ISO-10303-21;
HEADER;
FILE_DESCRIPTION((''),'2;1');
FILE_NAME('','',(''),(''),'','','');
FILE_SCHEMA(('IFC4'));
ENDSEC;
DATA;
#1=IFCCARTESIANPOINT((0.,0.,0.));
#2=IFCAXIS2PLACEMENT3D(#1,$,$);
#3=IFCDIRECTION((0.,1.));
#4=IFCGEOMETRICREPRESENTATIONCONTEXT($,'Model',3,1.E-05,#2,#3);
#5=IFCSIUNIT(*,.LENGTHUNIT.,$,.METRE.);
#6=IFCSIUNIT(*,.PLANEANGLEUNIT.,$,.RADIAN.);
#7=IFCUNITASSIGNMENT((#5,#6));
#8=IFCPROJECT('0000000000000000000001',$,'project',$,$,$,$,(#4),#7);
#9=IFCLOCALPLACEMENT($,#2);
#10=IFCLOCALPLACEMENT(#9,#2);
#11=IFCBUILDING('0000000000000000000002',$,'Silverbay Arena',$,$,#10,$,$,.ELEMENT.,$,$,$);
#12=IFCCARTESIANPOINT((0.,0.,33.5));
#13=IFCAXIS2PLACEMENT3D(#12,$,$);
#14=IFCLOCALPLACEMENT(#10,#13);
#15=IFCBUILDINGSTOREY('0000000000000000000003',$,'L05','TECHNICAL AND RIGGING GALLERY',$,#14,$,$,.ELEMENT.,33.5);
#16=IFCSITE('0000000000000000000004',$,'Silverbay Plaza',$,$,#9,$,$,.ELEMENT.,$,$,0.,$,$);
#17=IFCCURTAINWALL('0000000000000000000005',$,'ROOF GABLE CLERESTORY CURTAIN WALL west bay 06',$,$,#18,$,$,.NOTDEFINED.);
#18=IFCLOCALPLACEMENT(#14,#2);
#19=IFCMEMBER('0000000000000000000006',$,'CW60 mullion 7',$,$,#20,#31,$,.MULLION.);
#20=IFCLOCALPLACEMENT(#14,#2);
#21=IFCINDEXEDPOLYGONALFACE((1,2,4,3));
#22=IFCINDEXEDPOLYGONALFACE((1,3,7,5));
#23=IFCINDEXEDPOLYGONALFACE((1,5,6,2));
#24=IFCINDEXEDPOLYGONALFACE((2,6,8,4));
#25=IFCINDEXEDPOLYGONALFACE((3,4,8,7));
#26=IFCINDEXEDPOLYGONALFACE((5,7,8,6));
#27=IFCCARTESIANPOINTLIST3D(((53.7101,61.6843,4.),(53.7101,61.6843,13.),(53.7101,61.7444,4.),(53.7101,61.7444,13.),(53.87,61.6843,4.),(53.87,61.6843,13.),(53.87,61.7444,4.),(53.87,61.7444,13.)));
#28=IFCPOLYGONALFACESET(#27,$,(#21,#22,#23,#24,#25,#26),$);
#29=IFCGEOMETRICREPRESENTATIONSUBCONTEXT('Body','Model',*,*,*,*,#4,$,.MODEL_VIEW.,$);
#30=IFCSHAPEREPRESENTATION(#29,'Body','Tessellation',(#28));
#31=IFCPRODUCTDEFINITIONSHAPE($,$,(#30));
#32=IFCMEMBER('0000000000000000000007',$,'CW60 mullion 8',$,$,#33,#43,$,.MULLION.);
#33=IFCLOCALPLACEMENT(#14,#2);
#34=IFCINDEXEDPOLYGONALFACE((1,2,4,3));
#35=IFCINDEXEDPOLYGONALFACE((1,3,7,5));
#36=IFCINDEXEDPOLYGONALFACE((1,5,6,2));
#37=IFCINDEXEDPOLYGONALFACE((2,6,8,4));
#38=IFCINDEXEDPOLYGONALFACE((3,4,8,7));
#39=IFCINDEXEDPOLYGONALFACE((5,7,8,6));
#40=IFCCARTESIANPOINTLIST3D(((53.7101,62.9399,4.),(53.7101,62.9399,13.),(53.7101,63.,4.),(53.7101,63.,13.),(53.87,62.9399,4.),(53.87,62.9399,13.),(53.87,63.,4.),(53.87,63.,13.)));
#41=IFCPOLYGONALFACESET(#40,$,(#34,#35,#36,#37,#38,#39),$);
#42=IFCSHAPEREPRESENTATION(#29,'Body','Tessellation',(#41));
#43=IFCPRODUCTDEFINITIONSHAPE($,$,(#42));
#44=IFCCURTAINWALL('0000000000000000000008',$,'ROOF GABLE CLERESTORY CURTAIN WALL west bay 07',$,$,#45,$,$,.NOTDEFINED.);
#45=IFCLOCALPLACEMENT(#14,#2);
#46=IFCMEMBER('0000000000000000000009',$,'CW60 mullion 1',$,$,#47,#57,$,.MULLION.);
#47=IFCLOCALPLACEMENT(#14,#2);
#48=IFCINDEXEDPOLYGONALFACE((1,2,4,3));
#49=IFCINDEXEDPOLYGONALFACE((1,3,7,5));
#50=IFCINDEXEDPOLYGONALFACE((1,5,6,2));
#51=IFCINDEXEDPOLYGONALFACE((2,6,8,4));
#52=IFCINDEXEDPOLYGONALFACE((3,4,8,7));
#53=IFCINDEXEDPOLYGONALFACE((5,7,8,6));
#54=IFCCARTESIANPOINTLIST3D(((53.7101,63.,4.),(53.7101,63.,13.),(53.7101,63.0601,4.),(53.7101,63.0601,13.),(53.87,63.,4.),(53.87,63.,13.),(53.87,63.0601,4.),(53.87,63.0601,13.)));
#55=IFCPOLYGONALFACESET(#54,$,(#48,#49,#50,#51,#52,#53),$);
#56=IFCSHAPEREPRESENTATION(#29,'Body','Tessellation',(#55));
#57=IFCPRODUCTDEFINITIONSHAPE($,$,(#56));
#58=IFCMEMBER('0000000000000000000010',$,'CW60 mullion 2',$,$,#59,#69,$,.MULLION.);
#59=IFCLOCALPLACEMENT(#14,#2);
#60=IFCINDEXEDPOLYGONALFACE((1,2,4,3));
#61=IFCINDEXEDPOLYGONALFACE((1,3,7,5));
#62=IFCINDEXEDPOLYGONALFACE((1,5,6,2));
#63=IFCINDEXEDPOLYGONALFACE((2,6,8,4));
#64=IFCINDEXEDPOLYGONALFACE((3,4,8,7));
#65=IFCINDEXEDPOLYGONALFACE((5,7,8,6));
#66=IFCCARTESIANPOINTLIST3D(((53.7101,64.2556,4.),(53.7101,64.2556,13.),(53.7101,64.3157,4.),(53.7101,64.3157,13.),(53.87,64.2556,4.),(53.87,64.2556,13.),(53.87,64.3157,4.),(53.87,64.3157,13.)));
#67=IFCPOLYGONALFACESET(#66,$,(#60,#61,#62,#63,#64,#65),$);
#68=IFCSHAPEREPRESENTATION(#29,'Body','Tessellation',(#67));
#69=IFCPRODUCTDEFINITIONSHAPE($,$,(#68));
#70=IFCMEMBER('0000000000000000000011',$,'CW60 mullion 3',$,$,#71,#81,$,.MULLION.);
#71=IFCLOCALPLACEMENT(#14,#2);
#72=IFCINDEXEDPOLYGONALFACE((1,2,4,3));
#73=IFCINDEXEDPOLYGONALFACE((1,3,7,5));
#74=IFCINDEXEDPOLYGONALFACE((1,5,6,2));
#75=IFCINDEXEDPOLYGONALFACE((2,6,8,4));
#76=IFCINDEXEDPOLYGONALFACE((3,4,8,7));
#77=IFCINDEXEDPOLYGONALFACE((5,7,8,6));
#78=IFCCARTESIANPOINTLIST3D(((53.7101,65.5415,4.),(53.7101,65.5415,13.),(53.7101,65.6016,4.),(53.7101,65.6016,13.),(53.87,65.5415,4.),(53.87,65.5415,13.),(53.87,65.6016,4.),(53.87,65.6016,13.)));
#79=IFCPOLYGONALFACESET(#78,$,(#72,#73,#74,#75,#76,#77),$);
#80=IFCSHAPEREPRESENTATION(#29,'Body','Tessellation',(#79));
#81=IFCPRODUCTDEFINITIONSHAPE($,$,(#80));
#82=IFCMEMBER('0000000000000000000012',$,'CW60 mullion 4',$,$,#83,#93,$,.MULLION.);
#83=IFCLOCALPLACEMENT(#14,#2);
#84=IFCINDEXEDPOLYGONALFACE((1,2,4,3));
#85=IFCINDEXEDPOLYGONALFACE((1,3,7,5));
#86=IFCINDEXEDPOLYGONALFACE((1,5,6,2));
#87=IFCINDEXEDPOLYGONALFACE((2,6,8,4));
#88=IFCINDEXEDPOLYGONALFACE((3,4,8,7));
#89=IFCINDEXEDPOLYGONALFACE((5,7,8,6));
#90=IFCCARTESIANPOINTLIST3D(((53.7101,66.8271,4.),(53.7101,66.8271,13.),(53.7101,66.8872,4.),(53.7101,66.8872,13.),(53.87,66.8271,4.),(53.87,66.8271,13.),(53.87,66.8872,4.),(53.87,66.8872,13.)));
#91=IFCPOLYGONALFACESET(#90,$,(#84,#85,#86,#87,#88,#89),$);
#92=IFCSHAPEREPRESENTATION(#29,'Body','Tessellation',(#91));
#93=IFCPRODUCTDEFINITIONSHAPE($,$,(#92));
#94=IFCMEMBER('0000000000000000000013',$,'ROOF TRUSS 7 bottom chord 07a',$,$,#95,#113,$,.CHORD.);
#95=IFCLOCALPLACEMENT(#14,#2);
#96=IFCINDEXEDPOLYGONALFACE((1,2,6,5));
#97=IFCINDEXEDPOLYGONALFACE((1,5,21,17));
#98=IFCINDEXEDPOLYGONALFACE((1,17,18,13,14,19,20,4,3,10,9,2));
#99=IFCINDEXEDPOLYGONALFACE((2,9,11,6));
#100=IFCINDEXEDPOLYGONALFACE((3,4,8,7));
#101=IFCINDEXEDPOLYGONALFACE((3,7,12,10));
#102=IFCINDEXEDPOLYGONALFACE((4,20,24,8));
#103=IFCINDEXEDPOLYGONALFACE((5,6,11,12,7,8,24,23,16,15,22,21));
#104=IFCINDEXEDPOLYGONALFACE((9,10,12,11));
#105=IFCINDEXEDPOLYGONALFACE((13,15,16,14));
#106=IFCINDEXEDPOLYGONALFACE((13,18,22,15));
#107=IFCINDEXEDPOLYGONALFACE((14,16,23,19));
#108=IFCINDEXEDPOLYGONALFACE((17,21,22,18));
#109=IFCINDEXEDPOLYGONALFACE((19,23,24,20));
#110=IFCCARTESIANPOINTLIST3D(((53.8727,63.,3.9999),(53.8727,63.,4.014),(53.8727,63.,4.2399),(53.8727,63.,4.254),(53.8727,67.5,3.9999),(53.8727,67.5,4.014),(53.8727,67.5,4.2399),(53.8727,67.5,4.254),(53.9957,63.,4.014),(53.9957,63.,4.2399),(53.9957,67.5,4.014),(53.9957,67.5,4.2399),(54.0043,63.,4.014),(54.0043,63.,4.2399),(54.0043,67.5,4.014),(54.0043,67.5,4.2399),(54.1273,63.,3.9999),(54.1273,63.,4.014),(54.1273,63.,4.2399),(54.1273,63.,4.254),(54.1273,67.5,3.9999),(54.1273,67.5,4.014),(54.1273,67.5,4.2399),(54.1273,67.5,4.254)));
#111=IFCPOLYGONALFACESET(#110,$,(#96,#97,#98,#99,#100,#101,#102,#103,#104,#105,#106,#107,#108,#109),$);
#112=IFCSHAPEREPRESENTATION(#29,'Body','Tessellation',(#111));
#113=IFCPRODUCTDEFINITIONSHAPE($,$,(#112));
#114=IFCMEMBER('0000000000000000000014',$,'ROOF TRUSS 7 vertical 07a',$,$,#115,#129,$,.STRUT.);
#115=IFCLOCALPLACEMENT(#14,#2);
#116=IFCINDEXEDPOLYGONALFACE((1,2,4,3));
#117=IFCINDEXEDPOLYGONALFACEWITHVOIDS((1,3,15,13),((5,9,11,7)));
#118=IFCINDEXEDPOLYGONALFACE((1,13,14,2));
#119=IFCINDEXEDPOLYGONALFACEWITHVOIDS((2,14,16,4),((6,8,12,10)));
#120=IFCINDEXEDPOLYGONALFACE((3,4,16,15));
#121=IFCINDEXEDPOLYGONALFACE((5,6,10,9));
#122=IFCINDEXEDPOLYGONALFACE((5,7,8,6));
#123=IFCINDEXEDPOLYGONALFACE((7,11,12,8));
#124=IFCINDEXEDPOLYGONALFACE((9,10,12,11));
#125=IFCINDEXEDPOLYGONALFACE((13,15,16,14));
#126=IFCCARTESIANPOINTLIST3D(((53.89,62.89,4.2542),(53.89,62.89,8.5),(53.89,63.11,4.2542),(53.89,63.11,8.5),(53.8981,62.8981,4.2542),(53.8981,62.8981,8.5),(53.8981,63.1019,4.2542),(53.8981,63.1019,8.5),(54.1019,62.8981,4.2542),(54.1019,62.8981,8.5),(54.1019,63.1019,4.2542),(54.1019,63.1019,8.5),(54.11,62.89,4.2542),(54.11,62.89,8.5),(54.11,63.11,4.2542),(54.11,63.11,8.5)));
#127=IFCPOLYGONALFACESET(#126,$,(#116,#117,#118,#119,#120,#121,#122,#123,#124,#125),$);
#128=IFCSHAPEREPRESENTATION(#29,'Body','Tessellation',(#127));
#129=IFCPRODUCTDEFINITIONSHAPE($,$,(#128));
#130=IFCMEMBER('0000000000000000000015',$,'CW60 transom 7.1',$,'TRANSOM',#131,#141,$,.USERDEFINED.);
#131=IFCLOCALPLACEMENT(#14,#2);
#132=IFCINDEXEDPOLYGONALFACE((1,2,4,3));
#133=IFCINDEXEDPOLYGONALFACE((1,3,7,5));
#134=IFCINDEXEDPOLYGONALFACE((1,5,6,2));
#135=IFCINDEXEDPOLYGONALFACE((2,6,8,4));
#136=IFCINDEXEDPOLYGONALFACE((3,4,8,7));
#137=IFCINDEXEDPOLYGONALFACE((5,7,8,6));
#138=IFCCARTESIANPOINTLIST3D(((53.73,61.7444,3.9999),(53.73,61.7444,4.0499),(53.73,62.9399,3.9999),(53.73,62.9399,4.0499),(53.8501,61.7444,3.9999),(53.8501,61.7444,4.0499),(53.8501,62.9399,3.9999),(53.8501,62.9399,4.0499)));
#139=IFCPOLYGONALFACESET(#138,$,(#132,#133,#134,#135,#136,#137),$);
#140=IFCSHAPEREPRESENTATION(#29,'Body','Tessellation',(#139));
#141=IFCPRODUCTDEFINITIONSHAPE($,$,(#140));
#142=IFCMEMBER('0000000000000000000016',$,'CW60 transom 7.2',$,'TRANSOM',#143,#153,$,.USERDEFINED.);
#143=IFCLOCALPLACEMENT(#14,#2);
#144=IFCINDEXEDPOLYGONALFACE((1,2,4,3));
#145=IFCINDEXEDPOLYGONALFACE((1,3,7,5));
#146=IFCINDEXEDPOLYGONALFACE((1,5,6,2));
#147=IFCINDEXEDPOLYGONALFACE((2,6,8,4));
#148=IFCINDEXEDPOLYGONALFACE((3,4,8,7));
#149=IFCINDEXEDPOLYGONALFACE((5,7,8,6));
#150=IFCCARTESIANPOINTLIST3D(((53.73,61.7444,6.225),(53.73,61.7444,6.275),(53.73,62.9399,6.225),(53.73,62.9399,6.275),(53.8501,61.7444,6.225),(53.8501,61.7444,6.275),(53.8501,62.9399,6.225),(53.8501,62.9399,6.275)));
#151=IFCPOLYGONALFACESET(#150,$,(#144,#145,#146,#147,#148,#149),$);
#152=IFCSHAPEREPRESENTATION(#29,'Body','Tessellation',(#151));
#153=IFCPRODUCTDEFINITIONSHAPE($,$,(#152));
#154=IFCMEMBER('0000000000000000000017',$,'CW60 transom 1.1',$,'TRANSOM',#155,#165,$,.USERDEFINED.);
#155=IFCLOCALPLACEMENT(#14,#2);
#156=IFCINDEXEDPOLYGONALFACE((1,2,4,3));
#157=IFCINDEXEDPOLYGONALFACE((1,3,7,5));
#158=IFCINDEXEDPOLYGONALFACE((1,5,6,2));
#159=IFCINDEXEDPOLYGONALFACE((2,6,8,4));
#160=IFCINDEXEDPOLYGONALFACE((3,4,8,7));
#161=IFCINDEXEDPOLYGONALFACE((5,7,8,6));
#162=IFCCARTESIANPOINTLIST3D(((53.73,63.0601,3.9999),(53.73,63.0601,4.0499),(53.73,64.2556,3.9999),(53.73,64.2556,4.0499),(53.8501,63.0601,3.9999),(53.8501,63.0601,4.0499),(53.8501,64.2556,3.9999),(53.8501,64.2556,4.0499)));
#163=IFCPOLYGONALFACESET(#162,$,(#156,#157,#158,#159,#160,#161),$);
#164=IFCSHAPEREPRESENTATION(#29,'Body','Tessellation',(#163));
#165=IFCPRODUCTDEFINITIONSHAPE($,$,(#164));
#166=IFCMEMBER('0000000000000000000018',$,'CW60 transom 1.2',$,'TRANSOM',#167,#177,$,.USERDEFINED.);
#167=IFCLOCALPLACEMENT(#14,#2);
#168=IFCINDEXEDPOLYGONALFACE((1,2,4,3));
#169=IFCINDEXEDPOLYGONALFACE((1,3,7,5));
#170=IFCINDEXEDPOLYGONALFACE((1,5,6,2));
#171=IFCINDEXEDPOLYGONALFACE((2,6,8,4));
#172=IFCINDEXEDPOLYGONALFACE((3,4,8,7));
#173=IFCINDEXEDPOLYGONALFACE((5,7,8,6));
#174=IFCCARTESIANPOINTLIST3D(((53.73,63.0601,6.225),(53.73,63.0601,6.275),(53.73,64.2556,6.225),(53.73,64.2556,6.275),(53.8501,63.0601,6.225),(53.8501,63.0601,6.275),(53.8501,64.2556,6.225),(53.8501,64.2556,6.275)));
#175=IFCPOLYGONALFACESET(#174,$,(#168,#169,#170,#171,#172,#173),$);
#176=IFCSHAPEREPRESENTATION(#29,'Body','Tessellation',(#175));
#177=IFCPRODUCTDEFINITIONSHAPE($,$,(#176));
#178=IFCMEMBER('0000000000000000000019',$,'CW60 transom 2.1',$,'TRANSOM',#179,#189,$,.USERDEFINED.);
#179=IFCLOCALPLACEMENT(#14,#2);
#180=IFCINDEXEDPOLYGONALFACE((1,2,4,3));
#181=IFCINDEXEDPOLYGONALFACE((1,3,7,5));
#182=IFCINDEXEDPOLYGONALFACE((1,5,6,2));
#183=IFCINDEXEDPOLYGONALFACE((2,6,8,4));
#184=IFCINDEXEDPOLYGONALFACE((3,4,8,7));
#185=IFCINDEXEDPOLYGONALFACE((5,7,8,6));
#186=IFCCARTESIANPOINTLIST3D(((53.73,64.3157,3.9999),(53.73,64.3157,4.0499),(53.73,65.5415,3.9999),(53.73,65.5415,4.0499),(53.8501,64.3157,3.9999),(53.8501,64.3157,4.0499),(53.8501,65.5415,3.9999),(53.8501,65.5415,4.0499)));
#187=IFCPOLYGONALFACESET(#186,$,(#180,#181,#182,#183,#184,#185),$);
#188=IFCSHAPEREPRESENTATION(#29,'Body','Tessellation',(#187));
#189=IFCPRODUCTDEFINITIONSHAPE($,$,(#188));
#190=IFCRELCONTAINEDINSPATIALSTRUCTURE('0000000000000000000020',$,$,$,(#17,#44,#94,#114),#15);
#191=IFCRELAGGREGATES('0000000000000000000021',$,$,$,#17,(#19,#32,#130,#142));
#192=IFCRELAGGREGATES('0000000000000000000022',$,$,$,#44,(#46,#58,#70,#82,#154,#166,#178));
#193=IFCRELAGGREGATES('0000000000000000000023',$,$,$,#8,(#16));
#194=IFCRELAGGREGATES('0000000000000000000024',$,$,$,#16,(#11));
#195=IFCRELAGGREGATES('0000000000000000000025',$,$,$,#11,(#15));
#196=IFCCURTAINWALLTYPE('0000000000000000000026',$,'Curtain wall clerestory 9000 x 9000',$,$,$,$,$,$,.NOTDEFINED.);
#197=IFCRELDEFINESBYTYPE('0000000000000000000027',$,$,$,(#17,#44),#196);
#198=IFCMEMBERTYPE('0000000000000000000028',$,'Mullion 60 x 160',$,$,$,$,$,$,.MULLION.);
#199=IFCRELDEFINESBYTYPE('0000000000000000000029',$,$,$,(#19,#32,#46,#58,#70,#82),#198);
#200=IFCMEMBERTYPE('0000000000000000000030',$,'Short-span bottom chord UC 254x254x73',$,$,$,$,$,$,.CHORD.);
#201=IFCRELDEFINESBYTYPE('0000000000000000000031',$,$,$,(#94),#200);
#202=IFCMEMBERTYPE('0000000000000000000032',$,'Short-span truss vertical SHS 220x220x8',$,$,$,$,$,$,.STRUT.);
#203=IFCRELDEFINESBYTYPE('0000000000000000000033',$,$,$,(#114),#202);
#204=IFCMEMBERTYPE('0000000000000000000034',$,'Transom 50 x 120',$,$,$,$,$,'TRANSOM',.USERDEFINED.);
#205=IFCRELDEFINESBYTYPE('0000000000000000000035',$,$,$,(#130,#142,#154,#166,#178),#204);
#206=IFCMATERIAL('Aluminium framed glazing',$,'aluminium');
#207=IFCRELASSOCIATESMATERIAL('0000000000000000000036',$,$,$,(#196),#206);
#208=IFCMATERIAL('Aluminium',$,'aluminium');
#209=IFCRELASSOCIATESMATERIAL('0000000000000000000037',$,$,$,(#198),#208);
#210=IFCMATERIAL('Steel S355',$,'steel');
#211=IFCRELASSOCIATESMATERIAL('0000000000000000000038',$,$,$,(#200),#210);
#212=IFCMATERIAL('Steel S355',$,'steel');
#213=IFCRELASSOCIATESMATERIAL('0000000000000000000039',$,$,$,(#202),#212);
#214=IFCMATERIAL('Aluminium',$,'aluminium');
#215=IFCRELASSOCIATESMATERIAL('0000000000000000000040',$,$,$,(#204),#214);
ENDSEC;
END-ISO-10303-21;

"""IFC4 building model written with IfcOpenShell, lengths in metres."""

from ifc_helpers import new_model, si_unit, direction, frame, origin, origin_2d, place, context, subcontext, project, spatial, rectangle, hollow_rectangle, i_section, extrude, material, material_profile, profile_set, type_object, element, aggregate, save


model = new_model("IFC4")

# Units and contexts
model_context = context("Model", 3, precision=1e-05, world=origin(), true_north=direction((0.0, 1.0)))
body_context = subcontext(model_context, "Body", "Model", "MODEL_VIEW")
ifc_project = project(units=[si_unit("LENGTHUNIT", "METRE"), si_unit("PLANEANGLEUNIT", "RADIAN")], contexts=[model_context])

# Site, building, storey
site_placement = place(None, origin())
site = spatial("IfcSite", under=ifc_project, at=site_placement, Name="Silverbay Plaza", CompositionType="ELEMENT", RefElevation=0.0)
building_placement = place(site_placement, origin())
building = spatial("IfcBuilding", under=site, at=building_placement, Name="Silverbay Arena", CompositionType="ELEMENT")
storey_placement = place(building_placement, frame((0.0, 0.0, 33.5)))
storey = spatial("IfcBuildingStorey", under=building, at=storey_placement, Name="L05", Description="TECHNICAL AND RIGGING GALLERY", CompositionType="ELEMENT", Elevation=33.5)

# Curtain walls, members
ifc_material_1 = material(Name="Aluminium framed glazing", Category="aluminium")
curtain_wall_type = type_object("IfcCurtainWallType", Name="Curtain wall clerestory 9000 x 9000", PredefinedType="NOTDEFINED", material=ifc_material_1)
curtain_wall_1_placement = place(storey_placement, origin())
curtain_wall_1 = element("IfcCurtainWall", 1, at=curtain_wall_1_placement, inside=storey, type_object=curtain_wall_type, Name="ROOF GABLE CLERESTORY CURTAIN WALL west bay 06", PredefinedType="NOTDEFINED")
ifc_material_2 = material(Name="Aluminium", Category="aluminium")
ifc_material_profile_1 = material_profile(ifc_material_2, rectangle(XDim=0.1599, YDim=0.0601, at=origin_2d()), Name="Mullion 60 x 160")
ifc_profile_set_1 = profile_set([ifc_material_profile_1], Name="Aluminium")
member_type_1 = type_object("IfcMemberType", Name="Mullion 60 x 160", PredefinedType="MULLION", material=ifc_profile_set_1)
member_1_placement = place(storey_placement, frame((53.79, 61.7144, 4.0), z_axis=(0.0, 0.0, 1.0), x_axis=(-1.0, 0.0, 0.0)))
member_1 = element("IfcMember", 2, at=member_1_placement, type_object=member_type_1, Name="CW60 mullion 7", PredefinedType="MULLION", context=body_context, shape_type="SweptSolid", body=[
    extrude(rectangle(XDim=0.1599, YDim=0.0601, at=origin_2d()), origin(), (0.0, 0.0, 1.0), 9.0),
])
member_2_placement = place(storey_placement, frame((53.79, 62.97, 4.0), z_axis=(0.0, 0.0, 1.0), x_axis=(-1.0, 0.0, 0.0)))
member_2 = element("IfcMember", 3, at=member_2_placement, type_object=member_type_1, Name="CW60 mullion 8", PredefinedType="MULLION", context=body_context, shape_type="SweptSolid", body=[
    extrude(rectangle(XDim=0.1599, YDim=0.0601, at=origin_2d()), origin(), (0.0, 0.0, 1.0), 9.0),
])
curtain_wall_2_placement = place(storey_placement, origin())
curtain_wall_2 = element("IfcCurtainWall", 4, at=curtain_wall_2_placement, inside=storey, type_object=curtain_wall_type, Name="ROOF GABLE CLERESTORY CURTAIN WALL west bay 07", PredefinedType="NOTDEFINED")
member_3_placement = place(storey_placement, frame((53.79, 63.03, 4.0), z_axis=(0.0, 0.0, 1.0), x_axis=(-1.0, 0.0, 0.0)))
member_3 = element("IfcMember", 5, at=member_3_placement, type_object=member_type_1, Name="CW60 mullion 1", PredefinedType="MULLION", context=body_context, shape_type="SweptSolid", body=[
    extrude(rectangle(XDim=0.1599, YDim=0.0601, at=origin_2d()), origin(), (0.0, 0.0, 1.0), 9.0),
])
member_4_placement = place(storey_placement, frame((53.79, 64.2856, 4.0), z_axis=(0.0, 0.0, 1.0), x_axis=(-1.0, 0.0, 0.0)))
member_4 = element("IfcMember", 6, at=member_4_placement, type_object=member_type_1, Name="CW60 mullion 2", PredefinedType="MULLION", context=body_context, shape_type="SweptSolid", body=[
    extrude(rectangle(XDim=0.1599, YDim=0.0601, at=origin_2d()), origin(), (0.0, 0.0, 1.0), 9.0),
])
member_5_placement = place(storey_placement, frame((53.79, 65.5715, 4.0), z_axis=(0.0, 0.0, 1.0), x_axis=(-1.0, 0.0, 0.0)))
member_5 = element("IfcMember", 7, at=member_5_placement, type_object=member_type_1, Name="CW60 mullion 3", PredefinedType="MULLION", context=body_context, shape_type="SweptSolid", body=[
    extrude(rectangle(XDim=0.1599, YDim=0.0601, at=origin_2d()), origin(), (0.0, 0.0, 1.0), 9.0),
])
member_6_placement = place(storey_placement, frame((53.79, 66.8572, 4.0), z_axis=(0.0, 0.0, 1.0), x_axis=(-1.0, 0.0, 0.0)))
member_6 = element("IfcMember", 8, at=member_6_placement, type_object=member_type_1, Name="CW60 mullion 4", PredefinedType="MULLION", context=body_context, shape_type="SweptSolid", body=[
    extrude(rectangle(XDim=0.1599, YDim=0.0601, at=origin_2d()), origin(), (0.0, 0.0, 1.0), 9.0),
])

# Members
ifc_material_3 = material(Name="Steel S355", Category="steel")
ifc_material_profile_2 = material_profile(ifc_material_3, i_section(OverallWidth=0.2546, OverallDepth=0.2542, WebThickness=0.0085, FlangeThickness=0.0142, at=origin_2d()), Name="UC 254x254x73")
ifc_profile_set_2 = profile_set([ifc_material_profile_2], Name="Steel S355")
member_type_2 = type_object("IfcMemberType", Name="Short-span bottom chord UC 254x254x73", PredefinedType="CHORD", material=ifc_profile_set_2)
member_7_placement = place(storey_placement, frame((54.0, 63.0, 4.127), z_axis=(0.0, 1.0, 0.0), x_axis=(-1.0, 0.0, 0.0)))
element("IfcMember", 9, at=member_7_placement, inside=storey, type_object=member_type_2, Name="ROOF TRUSS 7 bottom chord 07a", PredefinedType="CHORD", context=body_context, shape_type="SweptSolid", body=[
    extrude(i_section(OverallWidth=0.2546, OverallDepth=0.2542, WebThickness=0.0085, FlangeThickness=0.0142, at=origin_2d()), origin(), (0.0, 0.0, 1.0), 4.5),
])
ifc_material_4 = material(Name="Steel S355", Category="steel")
ifc_material_profile_3 = material_profile(ifc_material_4, hollow_rectangle(XDim=0.22, YDim=0.22, WallThickness=0.0081, at=origin_2d()), Name="SHS 220x220x8")
ifc_profile_set_3 = profile_set([ifc_material_profile_3], Name="Steel S355")
member_type_3 = type_object("IfcMemberType", Name="Short-span truss vertical SHS 220x220x8", PredefinedType="STRUT", material=ifc_profile_set_3)
member_8_placement = place(storey_placement, frame((54.0, 63.0, 4.2542), z_axis=(0.0, 0.0, 1.0), x_axis=(1.0, 0.0, 0.0)))
element("IfcMember", 10, at=member_8_placement, inside=storey, type_object=member_type_3, Name="ROOF TRUSS 7 vertical 07a", PredefinedType="STRUT", context=body_context, shape_type="SweptSolid", body=[
    extrude(hollow_rectangle(XDim=0.22, YDim=0.22, WallThickness=0.0081, at=origin_2d()), origin(), (0.0, 0.0, 1.0), 4.2458),
])

# Members
ifc_material_5 = material(Name="Aluminium", Category="aluminium")
ifc_material_profile_4 = material_profile(ifc_material_5, rectangle(XDim=0.1201, YDim=0.05, at=origin_2d()), Name="Transom 50 x 120")
ifc_profile_set_4 = profile_set([ifc_material_profile_4], Name="Aluminium")
member_type_4 = type_object("IfcMemberType", Name="Transom 50 x 120", ElementType="TRANSOM", PredefinedType="USERDEFINED", material=ifc_profile_set_4)
member_9_placement = place(storey_placement, frame((53.79, 61.7444, 4.0249), z_axis=(0.0, 1.0, 0.0), x_axis=(-1.0, 0.0, 0.0)))
member_9 = element("IfcMember", 11, at=member_9_placement, type_object=member_type_4, Name="CW60 transom 7.1", ObjectType="TRANSOM", PredefinedType="USERDEFINED", context=body_context, shape_type="SweptSolid", body=[
    extrude(rectangle(XDim=0.1201, YDim=0.05, at=origin_2d()), origin(), (0.0, 0.0, 1.0), 1.1956),
])
member_10_placement = place(storey_placement, frame((53.79, 61.7444, 6.25), z_axis=(0.0, 1.0, 0.0), x_axis=(-1.0, 0.0, 0.0)))
member_10 = element("IfcMember", 12, at=member_10_placement, type_object=member_type_4, Name="CW60 transom 7.2", ObjectType="TRANSOM", PredefinedType="USERDEFINED", context=body_context, shape_type="SweptSolid", body=[
    extrude(rectangle(XDim=0.1201, YDim=0.05, at=origin_2d()), origin(), (0.0, 0.0, 1.0), 1.1956),
])
member_11_placement = place(storey_placement, frame((53.79, 63.0601, 4.0249), z_axis=(0.0, 1.0, 0.0), x_axis=(-1.0, 0.0, 0.0)))
member_11 = element("IfcMember", 13, at=member_11_placement, type_object=member_type_4, Name="CW60 transom 1.1", ObjectType="TRANSOM", PredefinedType="USERDEFINED", context=body_context, shape_type="SweptSolid", body=[
    extrude(rectangle(XDim=0.1201, YDim=0.05, at=origin_2d()), origin(), (0.0, 0.0, 1.0), 1.1956),
])
member_12_placement = place(storey_placement, frame((53.79, 63.0601, 6.25), z_axis=(0.0, 1.0, 0.0), x_axis=(-1.0, 0.0, 0.0)))
member_12 = element("IfcMember", 14, at=member_12_placement, type_object=member_type_4, Name="CW60 transom 1.2", ObjectType="TRANSOM", PredefinedType="USERDEFINED", context=body_context, shape_type="SweptSolid", body=[
    extrude(rectangle(XDim=0.1201, YDim=0.05, at=origin_2d()), origin(), (0.0, 0.0, 1.0), 1.1956),
])
member_13_placement = place(storey_placement, frame((53.79, 64.3157, 4.0249), z_axis=(0.0, 1.0, 0.0), x_axis=(-1.0, 0.0, 0.0)))
member_13 = element("IfcMember", 15, at=member_13_placement, type_object=member_type_4, Name="CW60 transom 2.1", ObjectType="TRANSOM", PredefinedType="USERDEFINED", context=body_context, shape_type="SweptSolid", body=[
    extrude(rectangle(XDim=0.1201, YDim=0.05, at=origin_2d()), origin(), (0.0, 0.0, 1.0), 1.2258),
])

aggregate(curtain_wall_1, [member_1, member_2, member_9, member_10])
aggregate(curtain_wall_2, [member_3, member_4, member_5, member_6, member_11, member_12, member_13])

save(model, "model.ifc")
